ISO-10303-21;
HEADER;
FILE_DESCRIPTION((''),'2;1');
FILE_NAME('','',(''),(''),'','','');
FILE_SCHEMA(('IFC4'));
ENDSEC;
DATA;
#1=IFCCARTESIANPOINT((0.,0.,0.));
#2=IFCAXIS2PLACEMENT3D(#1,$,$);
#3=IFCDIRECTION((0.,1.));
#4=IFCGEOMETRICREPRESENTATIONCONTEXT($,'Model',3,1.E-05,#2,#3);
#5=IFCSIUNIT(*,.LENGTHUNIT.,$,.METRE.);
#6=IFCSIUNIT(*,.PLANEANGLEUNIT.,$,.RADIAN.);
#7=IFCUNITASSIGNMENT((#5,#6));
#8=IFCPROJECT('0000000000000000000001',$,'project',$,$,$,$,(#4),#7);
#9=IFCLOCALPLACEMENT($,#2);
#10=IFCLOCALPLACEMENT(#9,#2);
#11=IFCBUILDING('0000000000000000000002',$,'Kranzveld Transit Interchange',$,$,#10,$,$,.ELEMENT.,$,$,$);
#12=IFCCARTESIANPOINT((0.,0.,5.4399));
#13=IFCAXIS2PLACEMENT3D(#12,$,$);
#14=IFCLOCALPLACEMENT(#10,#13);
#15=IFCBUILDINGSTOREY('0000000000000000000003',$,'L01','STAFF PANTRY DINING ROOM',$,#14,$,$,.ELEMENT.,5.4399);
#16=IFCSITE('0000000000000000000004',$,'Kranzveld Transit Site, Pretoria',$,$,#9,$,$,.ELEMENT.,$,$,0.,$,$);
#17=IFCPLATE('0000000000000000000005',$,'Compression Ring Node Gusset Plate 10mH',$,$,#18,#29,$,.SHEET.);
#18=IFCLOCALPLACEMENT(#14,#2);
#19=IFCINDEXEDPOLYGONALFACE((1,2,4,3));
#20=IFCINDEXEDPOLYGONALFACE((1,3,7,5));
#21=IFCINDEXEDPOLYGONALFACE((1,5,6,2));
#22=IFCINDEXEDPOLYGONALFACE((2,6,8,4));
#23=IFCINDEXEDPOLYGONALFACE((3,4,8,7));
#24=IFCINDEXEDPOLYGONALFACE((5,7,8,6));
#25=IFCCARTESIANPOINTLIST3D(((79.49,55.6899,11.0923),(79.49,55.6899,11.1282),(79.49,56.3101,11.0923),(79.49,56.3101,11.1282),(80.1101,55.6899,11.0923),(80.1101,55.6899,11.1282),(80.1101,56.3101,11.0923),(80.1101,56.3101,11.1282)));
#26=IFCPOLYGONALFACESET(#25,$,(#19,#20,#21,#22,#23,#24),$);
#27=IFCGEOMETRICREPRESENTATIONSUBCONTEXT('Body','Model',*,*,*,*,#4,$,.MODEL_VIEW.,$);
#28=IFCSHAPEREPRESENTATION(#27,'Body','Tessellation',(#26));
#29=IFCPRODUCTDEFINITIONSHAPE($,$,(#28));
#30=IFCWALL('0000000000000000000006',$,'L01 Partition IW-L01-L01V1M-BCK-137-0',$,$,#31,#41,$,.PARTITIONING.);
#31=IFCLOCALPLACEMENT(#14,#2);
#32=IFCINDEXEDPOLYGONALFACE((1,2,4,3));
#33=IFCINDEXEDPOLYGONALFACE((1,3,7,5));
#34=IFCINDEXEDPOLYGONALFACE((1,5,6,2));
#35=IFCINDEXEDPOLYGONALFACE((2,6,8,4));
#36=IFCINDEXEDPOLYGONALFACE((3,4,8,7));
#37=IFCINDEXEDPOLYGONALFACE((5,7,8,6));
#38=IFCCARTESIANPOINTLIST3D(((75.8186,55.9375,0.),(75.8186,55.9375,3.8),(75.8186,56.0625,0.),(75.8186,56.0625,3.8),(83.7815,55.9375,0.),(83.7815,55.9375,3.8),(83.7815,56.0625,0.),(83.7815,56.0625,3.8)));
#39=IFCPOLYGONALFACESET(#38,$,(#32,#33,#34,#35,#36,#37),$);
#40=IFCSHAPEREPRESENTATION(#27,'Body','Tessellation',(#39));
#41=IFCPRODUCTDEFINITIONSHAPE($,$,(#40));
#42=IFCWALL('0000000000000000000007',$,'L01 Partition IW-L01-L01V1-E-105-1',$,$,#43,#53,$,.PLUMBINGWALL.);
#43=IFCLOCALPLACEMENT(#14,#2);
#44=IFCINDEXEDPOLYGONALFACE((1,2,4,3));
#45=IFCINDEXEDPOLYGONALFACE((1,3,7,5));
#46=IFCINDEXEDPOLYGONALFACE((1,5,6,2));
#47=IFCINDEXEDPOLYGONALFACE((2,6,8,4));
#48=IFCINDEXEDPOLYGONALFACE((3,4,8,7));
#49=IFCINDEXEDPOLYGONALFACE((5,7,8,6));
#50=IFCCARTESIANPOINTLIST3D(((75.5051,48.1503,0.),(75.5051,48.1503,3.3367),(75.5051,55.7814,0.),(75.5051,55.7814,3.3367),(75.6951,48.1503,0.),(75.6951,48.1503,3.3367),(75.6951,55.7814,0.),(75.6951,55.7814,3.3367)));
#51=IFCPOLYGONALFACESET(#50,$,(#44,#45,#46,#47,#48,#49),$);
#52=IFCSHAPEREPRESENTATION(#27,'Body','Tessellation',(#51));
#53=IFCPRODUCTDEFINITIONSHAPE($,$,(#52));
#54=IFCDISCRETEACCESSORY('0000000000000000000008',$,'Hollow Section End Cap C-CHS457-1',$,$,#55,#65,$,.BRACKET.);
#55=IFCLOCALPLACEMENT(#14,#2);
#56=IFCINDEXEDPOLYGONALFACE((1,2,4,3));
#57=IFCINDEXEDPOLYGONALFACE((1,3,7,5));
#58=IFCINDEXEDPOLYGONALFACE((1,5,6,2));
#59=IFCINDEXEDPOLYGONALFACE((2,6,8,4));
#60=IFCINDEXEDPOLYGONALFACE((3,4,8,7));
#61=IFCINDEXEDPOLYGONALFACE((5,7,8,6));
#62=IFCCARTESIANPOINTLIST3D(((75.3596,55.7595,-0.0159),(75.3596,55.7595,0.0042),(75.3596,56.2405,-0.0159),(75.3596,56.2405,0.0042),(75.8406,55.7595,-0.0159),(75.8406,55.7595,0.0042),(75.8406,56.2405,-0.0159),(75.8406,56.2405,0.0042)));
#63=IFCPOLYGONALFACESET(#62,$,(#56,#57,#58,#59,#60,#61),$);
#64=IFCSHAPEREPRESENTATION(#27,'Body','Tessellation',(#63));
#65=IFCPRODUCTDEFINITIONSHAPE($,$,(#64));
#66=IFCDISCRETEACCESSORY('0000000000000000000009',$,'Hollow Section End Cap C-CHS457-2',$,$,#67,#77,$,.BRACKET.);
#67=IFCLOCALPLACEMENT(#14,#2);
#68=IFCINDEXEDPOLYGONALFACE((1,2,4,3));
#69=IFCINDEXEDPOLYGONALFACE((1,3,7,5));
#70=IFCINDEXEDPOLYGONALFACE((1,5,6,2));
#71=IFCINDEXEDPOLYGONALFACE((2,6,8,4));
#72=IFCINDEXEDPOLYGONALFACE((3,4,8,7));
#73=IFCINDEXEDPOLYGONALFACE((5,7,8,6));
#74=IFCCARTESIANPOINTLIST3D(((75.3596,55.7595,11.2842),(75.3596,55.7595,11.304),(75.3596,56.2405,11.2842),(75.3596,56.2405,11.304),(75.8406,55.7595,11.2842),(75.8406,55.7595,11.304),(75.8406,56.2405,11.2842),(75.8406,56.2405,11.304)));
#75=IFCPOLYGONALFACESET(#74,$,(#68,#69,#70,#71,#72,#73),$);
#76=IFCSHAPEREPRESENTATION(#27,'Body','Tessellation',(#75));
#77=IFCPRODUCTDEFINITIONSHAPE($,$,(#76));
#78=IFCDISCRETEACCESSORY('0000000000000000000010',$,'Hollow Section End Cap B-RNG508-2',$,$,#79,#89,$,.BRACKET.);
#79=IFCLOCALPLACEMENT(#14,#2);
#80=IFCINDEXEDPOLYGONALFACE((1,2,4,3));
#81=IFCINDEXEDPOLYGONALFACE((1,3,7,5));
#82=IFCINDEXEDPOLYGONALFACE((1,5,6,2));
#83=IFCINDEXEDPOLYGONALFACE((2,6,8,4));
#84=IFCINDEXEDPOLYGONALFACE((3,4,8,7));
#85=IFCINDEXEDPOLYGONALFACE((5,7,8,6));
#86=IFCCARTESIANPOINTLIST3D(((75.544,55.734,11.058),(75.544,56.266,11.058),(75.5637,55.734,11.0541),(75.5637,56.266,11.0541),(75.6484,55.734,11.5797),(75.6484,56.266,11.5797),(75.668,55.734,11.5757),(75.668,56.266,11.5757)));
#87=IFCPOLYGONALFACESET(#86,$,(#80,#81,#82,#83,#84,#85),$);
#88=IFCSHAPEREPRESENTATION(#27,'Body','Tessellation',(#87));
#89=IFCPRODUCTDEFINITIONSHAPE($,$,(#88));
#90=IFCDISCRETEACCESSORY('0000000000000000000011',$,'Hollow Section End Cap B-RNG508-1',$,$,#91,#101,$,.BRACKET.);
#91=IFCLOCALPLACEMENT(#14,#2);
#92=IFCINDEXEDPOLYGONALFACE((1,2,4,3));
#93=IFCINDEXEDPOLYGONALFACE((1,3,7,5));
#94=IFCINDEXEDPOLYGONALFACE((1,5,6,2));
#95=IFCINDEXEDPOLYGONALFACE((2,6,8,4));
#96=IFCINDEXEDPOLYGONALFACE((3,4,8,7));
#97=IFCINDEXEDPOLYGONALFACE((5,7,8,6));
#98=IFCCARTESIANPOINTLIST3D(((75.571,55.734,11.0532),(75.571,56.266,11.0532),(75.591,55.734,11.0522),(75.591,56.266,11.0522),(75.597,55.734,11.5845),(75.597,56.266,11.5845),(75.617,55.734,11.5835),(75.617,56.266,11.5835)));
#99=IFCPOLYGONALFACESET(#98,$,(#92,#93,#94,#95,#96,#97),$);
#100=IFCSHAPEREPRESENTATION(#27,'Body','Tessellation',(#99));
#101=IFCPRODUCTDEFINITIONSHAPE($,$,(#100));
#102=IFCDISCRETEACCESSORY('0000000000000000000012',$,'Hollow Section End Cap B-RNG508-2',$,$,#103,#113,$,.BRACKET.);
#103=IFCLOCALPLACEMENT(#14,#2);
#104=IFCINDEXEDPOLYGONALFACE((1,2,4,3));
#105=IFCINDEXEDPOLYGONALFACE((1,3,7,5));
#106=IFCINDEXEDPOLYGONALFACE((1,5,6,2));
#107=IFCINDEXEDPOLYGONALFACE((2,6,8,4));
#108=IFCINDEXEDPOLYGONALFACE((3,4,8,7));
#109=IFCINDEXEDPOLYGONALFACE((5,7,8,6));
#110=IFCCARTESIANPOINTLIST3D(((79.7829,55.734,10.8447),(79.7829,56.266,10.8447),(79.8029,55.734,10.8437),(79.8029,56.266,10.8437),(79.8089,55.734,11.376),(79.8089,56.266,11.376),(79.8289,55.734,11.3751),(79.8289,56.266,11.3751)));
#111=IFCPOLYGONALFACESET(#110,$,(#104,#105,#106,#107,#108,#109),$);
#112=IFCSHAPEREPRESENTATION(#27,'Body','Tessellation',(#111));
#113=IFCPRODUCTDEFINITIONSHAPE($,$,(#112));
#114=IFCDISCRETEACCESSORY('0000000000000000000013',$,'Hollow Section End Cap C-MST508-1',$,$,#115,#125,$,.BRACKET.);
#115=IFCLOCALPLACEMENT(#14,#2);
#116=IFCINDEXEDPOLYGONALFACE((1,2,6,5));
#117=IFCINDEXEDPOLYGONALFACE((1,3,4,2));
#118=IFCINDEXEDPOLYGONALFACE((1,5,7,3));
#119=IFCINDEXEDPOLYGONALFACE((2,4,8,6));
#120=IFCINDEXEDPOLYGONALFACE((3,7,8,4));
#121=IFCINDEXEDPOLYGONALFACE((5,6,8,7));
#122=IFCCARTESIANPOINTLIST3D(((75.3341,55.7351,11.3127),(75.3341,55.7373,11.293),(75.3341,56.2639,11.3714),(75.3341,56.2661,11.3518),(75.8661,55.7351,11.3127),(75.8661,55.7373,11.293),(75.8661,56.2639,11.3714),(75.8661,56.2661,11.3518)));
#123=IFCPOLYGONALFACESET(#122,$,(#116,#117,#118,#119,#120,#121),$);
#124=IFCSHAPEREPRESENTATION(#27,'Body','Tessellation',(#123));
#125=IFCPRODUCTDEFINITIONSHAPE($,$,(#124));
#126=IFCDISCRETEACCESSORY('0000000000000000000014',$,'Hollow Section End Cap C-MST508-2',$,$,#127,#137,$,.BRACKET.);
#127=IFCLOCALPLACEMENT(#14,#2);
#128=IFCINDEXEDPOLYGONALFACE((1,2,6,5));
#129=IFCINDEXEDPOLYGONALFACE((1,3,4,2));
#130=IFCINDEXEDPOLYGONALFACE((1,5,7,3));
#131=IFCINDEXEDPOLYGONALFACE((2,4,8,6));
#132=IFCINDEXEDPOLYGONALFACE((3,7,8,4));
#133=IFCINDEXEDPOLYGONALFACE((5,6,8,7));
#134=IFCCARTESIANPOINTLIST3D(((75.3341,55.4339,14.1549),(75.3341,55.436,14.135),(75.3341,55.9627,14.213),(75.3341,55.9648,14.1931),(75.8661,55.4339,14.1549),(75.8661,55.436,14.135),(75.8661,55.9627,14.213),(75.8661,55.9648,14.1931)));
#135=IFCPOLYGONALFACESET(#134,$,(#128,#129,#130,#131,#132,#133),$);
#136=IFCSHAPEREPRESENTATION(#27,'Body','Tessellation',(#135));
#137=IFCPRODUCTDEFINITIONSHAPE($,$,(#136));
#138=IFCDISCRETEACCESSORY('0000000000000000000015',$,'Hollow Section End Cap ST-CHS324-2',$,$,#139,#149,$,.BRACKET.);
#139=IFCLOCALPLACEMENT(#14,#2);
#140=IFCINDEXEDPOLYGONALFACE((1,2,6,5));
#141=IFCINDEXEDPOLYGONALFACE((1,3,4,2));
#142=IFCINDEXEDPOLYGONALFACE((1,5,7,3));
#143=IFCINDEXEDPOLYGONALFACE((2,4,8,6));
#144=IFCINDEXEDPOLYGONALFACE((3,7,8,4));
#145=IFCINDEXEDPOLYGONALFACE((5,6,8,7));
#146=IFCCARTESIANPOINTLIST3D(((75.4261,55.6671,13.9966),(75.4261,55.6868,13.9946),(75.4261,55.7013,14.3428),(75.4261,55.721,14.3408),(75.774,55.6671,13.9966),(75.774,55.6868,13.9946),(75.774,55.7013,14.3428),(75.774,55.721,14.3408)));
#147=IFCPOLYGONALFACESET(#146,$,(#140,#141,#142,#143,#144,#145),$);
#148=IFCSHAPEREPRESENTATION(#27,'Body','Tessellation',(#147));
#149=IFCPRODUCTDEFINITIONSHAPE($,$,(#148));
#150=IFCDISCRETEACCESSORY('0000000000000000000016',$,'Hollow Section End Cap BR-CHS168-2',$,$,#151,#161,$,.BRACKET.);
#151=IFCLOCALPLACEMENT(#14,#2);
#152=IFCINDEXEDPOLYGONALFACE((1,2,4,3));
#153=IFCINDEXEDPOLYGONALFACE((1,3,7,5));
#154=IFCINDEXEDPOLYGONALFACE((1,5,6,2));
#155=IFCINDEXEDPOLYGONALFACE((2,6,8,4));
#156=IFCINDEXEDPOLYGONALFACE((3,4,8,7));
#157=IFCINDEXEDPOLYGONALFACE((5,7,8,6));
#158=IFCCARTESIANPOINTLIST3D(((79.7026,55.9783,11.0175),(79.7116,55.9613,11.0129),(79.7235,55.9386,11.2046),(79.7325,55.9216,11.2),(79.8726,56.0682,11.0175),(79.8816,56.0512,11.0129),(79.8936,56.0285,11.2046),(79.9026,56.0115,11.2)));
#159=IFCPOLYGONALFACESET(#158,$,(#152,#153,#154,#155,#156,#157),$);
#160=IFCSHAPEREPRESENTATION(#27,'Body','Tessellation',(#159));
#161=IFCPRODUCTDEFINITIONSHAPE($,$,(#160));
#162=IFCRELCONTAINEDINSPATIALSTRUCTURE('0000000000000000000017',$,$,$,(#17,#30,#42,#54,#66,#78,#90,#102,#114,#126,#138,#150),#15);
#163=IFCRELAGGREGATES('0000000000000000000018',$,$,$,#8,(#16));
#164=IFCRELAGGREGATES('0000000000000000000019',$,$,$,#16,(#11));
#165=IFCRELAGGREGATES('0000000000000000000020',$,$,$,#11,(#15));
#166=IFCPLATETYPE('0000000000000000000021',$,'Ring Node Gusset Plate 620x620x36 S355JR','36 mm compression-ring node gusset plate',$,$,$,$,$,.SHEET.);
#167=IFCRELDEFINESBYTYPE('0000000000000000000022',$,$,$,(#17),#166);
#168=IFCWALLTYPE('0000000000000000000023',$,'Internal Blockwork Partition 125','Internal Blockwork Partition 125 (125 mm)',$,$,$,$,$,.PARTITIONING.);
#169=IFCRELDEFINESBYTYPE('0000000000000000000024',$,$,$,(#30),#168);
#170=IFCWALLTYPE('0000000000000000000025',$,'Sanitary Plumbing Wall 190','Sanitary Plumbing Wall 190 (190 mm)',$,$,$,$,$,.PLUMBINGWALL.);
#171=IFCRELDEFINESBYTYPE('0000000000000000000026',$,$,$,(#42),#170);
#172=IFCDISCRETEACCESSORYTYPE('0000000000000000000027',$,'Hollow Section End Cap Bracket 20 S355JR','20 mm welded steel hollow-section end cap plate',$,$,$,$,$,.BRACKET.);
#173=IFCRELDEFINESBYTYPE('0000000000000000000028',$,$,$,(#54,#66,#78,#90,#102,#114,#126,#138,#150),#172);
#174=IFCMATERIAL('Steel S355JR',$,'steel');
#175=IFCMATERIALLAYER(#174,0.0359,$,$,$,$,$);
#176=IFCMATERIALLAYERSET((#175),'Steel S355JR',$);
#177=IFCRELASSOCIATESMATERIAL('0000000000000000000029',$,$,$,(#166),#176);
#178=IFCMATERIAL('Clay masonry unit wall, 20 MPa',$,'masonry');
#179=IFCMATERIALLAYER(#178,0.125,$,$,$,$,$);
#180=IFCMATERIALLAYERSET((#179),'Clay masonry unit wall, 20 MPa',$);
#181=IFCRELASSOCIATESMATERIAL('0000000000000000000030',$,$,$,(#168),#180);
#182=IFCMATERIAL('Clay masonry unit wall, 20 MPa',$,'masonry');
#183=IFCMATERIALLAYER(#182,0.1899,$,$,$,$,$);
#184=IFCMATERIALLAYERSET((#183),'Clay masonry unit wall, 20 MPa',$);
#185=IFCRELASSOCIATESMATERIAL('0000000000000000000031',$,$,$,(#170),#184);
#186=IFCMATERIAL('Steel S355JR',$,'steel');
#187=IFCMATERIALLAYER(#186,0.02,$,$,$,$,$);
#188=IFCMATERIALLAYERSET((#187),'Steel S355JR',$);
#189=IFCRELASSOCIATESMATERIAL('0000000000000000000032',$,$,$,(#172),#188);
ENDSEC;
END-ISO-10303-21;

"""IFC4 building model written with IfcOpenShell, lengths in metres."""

from ifc_helpers import new_model, si_unit, direction, frame, frame_2d, origin, origin_2d, place, context, subcontext, project, spatial, rectangle, extrude, material, layer, layer_set, type_object, element, save


model = new_model("IFC4")

# Units and contexts
model_context = context("Model", 3, precision=1e-05, world=origin(), true_north=direction((0.0, 1.0)))
body_context = subcontext(model_context, "Body", "Model", "MODEL_VIEW")
ifc_project = project(units=[si_unit("LENGTHUNIT", "METRE"), si_unit("PLANEANGLEUNIT", "RADIAN")], contexts=[model_context])

# Site, building, storey
site_placement = place(None, origin())
site = spatial("IfcSite", under=ifc_project, at=site_placement, Name="Kranzveld Transit Site, Pretoria", CompositionType="ELEMENT", RefElevation=0.0)
building_placement = place(site_placement, origin())
building = spatial("IfcBuilding", under=site, at=building_placement, Name="Kranzveld Transit Interchange", CompositionType="ELEMENT")
storey_placement = place(building_placement, frame((0.0, 0.0, 5.4399)))
storey = spatial("IfcBuildingStorey", under=building, at=storey_placement, Name="L01", Description="STAFF PANTRY DINING ROOM", CompositionType="ELEMENT", Elevation=5.4399)

# Plate
ifc_material_1 = material(Name="Steel S355JR", Category="steel")
ifc_layer_1 = layer(ifc_material_1, 0.0359)
ifc_layer_set_1 = layer_set([ifc_layer_1], Name="Steel S355JR")
plate_type_1 = type_object("IfcPlateType", Name="Ring Node Gusset Plate 620x620x36 S355JR", Description="36 mm compression-ring node gusset plate", PredefinedType="SHEET", material=ifc_layer_set_1)
plate_1_placement = place(storey_placement, frame((79.8, 56.0, 11.0923), z_axis=(0.0, 0.0, 1.0), x_axis=(1.0, 0.0, 0.0)))
element("IfcPlate", 1, at=plate_1_placement, inside=storey, type_object=plate_type_1, Name="Compression Ring Node Gusset Plate 10mH", PredefinedType="SHEET", context=body_context, shape_type="SweptSolid", body=[
    extrude(rectangle(XDim=0.6201, YDim=0.6201, at=origin_2d()), origin(), (0.0, 0.0, 1.0), 0.0359),
])

# Walls
ifc_material_2 = material(Name="Clay masonry unit wall, 20 MPa", Category="masonry")
ifc_layer_2 = layer(ifc_material_2, 0.125)
ifc_layer_set_2 = layer_set([ifc_layer_2], Name="Clay masonry unit wall, 20 MPa")
wall_type_1 = type_object("IfcWallType", Name="Internal Blockwork Partition 125", Description="Internal Blockwork Partition 125 (125 mm)", PredefinedType="PARTITIONING", material=ifc_layer_set_2)
wall_1_placement = place(storey_placement, frame((75.8186, 56.0, 0.0), z_axis=(0.0, 0.0, 1.0), x_axis=(1.0, 0.0, 0.0)))
element("IfcWall", 2, at=wall_1_placement, inside=storey, type_object=wall_type_1, Name="L01 Partition IW-L01-L01V1M-BCK-137-0", PredefinedType="PARTITIONING", context=body_context, shape_type="SweptSolid", body=[
    extrude(rectangle(XDim=7.9629, YDim=0.125, at=frame_2d((3.9814, 0.0))), origin(), (0.0, 0.0, 1.0), 3.8),
])
ifc_material_3 = material(Name="Clay masonry unit wall, 20 MPa", Category="masonry")
ifc_layer_3 = layer(ifc_material_3, 0.1899)
ifc_layer_set_3 = layer_set([ifc_layer_3], Name="Clay masonry unit wall, 20 MPa")
wall_type_2 = type_object("IfcWallType", Name="Sanitary Plumbing Wall 190", Description="Sanitary Plumbing Wall 190 (190 mm)", PredefinedType="PLUMBINGWALL", material=ifc_layer_set_3)
wall_2_placement = place(storey_placement, frame((75.6001, 48.1504, 0.0), z_axis=(0.0, 0.0, 1.0), x_axis=(0.0, 1.0, 0.0)))
element("IfcWall", 3, at=wall_2_placement, inside=storey, type_object=wall_type_2, Name="L01 Partition IW-L01-L01V1-E-105-1", PredefinedType="PLUMBINGWALL", context=body_context, shape_type="SweptSolid", body=[
    extrude(rectangle(XDim=7.6311, YDim=0.1899, at=frame_2d((3.8154, 0.0))), origin(), (0.0, 0.0, 1.0), 3.3367),
])

# Discrete accessories
ifc_material_4 = material(Name="Steel S355JR", Category="steel")
ifc_layer_4 = layer(ifc_material_4, 0.02)
ifc_layer_set_4 = layer_set([ifc_layer_4], Name="Steel S355JR")
discrete_accessory_type = type_object("IfcDiscreteAccessoryType", Name="Hollow Section End Cap Bracket 20 S355JR", Description="20 mm welded steel hollow-section end cap plate", PredefinedType="BRACKET", material=ifc_layer_set_4)
discrete_accessory_1_placement = place(storey_placement, frame((75.6001, 56.0, 0.0042), z_axis=(0.0, 0.0, -1.0), x_axis=(1.0, 0.0, 0.0)))
element("IfcDiscreteAccessory", 4, at=discrete_accessory_1_placement, inside=storey, type_object=discrete_accessory_type, Name="Hollow Section End Cap C-CHS457-1", PredefinedType="BRACKET", context=body_context, shape_type="SweptSolid", body=[
    extrude(rectangle(XDim=0.481, YDim=0.481, at=origin_2d()), origin(), (0.0, 0.0, 1.0), 0.02),
])
discrete_accessory_2_placement = place(storey_placement, frame((75.6001, 56.0, 11.2842), z_axis=(0.0, 0.0, 1.0), x_axis=(1.0, 0.0, 0.0)))
element("IfcDiscreteAccessory", 5, at=discrete_accessory_2_placement, inside=storey, type_object=discrete_accessory_type, Name="Hollow Section End Cap C-CHS457-2", PredefinedType="BRACKET", context=body_context, shape_type="SweptSolid", body=[
    extrude(rectangle(XDim=0.481, YDim=0.481, at=origin_2d()), origin(), (0.0, 0.0, 1.0), 0.0198),
])
for number, where, z_axis, x_axis, name in (
    (6, (75.5962, 56.0, 11.3188), (0.980581, 0.0, -0.196116), (0.0, 1.0, 0.0), "Hollow Section End Cap B-RNG508-2"),
    (7, (75.604, 56.0, 11.3179), (-0.998812, 0.0, 0.048723), (0.0, -1.0, 0.0), "Hollow Section End Cap B-RNG508-1"),
    (8, (79.7959, 56.0, 11.1104), (0.998812, 0.0, -0.048723), (0.0, 1.0, 0.0), "Hollow Section End Cap B-RNG508-2"),
):
    element("IfcDiscreteAccessory", number, at=place(storey_placement, frame(where, z_axis=z_axis, x_axis=x_axis)), inside=storey, type_object=discrete_accessory_type, Name=name, PredefinedType="BRACKET", context=body_context, shape_type="SweptSolid", body=[
        extrude(rectangle(XDim=0.532, YDim=0.532, at=origin_2d()), origin(), (0.0, 0.0, 1.0), 0.02),
    ])
discrete_accessory_3_placement = place(storey_placement, frame((75.6001, 55.9995, 11.342), z_axis=(0.0, 0.110432, -0.993884), x_axis=(-1.0, 0.0, 0.0)))
element("IfcDiscreteAccessory", 9, at=discrete_accessory_3_placement, inside=storey, type_object=discrete_accessory_type, Name="Hollow Section End Cap C-MST508-1", PredefinedType="BRACKET", context=body_context, shape_type="SweptSolid", body=[
    extrude(rectangle(XDim=0.532, YDim=0.532, at=origin_2d()), origin(), (0.0, 0.0, 1.0), 0.0198),
])
discrete_accessory_4_placement = place(storey_placement, frame((75.6001, 55.7004, 14.1641), z_axis=(0.0, -0.109101, 0.994031), x_axis=(1.0, 0.0, 0.0)))
element("IfcDiscreteAccessory", 10, at=discrete_accessory_4_placement, inside=storey, type_object=discrete_accessory_type, Name="Hollow Section End Cap C-MST508-2", PredefinedType="BRACKET", context=body_context, shape_type="SweptSolid", body=[
    extrude(rectangle(XDim=0.532, YDim=0.532, at=origin_2d()), origin(), (0.0, 0.0, 1.0), 0.02),
])
discrete_accessory_5_placement = place(storey_placement, frame((75.6001, 55.7039, 14.1677), z_axis=(0.0, -0.995158, 0.098287), x_axis=(1.0, 0.0, 0.0)))
element("IfcDiscreteAccessory", 11, at=discrete_accessory_5_placement, inside=storey, type_object=discrete_accessory_type, Name="Hollow Section End Cap ST-CHS324-2", PredefinedType="BRACKET", context=body_context, shape_type="SweptSolid", body=[
    extrude(rectangle(XDim=0.3479, YDim=0.3479, at=origin_2d()), origin(), (0.0, 0.0, 1.0), 0.0198),
])
discrete_accessory_6_placement = place(storey_placement, frame((79.7981, 56.0034, 11.1111), z_axis=(0.454407, -0.859689, -0.233344), x_axis=(0.884095, 0.467307, 0.0)))
element("IfcDiscreteAccessory", 12, at=discrete_accessory_6_placement, inside=storey, type_object=discrete_accessory_type, Name="Hollow Section End Cap BR-CHS168-2", PredefinedType="BRACKET", context=body_context, shape_type="SweptSolid", body=[
    extrude(rectangle(XDim=0.1924, YDim=0.1924, at=origin_2d()), origin(), (0.0, 0.0, 1.0), 0.0198),
])

save(model, "model.ifc")
